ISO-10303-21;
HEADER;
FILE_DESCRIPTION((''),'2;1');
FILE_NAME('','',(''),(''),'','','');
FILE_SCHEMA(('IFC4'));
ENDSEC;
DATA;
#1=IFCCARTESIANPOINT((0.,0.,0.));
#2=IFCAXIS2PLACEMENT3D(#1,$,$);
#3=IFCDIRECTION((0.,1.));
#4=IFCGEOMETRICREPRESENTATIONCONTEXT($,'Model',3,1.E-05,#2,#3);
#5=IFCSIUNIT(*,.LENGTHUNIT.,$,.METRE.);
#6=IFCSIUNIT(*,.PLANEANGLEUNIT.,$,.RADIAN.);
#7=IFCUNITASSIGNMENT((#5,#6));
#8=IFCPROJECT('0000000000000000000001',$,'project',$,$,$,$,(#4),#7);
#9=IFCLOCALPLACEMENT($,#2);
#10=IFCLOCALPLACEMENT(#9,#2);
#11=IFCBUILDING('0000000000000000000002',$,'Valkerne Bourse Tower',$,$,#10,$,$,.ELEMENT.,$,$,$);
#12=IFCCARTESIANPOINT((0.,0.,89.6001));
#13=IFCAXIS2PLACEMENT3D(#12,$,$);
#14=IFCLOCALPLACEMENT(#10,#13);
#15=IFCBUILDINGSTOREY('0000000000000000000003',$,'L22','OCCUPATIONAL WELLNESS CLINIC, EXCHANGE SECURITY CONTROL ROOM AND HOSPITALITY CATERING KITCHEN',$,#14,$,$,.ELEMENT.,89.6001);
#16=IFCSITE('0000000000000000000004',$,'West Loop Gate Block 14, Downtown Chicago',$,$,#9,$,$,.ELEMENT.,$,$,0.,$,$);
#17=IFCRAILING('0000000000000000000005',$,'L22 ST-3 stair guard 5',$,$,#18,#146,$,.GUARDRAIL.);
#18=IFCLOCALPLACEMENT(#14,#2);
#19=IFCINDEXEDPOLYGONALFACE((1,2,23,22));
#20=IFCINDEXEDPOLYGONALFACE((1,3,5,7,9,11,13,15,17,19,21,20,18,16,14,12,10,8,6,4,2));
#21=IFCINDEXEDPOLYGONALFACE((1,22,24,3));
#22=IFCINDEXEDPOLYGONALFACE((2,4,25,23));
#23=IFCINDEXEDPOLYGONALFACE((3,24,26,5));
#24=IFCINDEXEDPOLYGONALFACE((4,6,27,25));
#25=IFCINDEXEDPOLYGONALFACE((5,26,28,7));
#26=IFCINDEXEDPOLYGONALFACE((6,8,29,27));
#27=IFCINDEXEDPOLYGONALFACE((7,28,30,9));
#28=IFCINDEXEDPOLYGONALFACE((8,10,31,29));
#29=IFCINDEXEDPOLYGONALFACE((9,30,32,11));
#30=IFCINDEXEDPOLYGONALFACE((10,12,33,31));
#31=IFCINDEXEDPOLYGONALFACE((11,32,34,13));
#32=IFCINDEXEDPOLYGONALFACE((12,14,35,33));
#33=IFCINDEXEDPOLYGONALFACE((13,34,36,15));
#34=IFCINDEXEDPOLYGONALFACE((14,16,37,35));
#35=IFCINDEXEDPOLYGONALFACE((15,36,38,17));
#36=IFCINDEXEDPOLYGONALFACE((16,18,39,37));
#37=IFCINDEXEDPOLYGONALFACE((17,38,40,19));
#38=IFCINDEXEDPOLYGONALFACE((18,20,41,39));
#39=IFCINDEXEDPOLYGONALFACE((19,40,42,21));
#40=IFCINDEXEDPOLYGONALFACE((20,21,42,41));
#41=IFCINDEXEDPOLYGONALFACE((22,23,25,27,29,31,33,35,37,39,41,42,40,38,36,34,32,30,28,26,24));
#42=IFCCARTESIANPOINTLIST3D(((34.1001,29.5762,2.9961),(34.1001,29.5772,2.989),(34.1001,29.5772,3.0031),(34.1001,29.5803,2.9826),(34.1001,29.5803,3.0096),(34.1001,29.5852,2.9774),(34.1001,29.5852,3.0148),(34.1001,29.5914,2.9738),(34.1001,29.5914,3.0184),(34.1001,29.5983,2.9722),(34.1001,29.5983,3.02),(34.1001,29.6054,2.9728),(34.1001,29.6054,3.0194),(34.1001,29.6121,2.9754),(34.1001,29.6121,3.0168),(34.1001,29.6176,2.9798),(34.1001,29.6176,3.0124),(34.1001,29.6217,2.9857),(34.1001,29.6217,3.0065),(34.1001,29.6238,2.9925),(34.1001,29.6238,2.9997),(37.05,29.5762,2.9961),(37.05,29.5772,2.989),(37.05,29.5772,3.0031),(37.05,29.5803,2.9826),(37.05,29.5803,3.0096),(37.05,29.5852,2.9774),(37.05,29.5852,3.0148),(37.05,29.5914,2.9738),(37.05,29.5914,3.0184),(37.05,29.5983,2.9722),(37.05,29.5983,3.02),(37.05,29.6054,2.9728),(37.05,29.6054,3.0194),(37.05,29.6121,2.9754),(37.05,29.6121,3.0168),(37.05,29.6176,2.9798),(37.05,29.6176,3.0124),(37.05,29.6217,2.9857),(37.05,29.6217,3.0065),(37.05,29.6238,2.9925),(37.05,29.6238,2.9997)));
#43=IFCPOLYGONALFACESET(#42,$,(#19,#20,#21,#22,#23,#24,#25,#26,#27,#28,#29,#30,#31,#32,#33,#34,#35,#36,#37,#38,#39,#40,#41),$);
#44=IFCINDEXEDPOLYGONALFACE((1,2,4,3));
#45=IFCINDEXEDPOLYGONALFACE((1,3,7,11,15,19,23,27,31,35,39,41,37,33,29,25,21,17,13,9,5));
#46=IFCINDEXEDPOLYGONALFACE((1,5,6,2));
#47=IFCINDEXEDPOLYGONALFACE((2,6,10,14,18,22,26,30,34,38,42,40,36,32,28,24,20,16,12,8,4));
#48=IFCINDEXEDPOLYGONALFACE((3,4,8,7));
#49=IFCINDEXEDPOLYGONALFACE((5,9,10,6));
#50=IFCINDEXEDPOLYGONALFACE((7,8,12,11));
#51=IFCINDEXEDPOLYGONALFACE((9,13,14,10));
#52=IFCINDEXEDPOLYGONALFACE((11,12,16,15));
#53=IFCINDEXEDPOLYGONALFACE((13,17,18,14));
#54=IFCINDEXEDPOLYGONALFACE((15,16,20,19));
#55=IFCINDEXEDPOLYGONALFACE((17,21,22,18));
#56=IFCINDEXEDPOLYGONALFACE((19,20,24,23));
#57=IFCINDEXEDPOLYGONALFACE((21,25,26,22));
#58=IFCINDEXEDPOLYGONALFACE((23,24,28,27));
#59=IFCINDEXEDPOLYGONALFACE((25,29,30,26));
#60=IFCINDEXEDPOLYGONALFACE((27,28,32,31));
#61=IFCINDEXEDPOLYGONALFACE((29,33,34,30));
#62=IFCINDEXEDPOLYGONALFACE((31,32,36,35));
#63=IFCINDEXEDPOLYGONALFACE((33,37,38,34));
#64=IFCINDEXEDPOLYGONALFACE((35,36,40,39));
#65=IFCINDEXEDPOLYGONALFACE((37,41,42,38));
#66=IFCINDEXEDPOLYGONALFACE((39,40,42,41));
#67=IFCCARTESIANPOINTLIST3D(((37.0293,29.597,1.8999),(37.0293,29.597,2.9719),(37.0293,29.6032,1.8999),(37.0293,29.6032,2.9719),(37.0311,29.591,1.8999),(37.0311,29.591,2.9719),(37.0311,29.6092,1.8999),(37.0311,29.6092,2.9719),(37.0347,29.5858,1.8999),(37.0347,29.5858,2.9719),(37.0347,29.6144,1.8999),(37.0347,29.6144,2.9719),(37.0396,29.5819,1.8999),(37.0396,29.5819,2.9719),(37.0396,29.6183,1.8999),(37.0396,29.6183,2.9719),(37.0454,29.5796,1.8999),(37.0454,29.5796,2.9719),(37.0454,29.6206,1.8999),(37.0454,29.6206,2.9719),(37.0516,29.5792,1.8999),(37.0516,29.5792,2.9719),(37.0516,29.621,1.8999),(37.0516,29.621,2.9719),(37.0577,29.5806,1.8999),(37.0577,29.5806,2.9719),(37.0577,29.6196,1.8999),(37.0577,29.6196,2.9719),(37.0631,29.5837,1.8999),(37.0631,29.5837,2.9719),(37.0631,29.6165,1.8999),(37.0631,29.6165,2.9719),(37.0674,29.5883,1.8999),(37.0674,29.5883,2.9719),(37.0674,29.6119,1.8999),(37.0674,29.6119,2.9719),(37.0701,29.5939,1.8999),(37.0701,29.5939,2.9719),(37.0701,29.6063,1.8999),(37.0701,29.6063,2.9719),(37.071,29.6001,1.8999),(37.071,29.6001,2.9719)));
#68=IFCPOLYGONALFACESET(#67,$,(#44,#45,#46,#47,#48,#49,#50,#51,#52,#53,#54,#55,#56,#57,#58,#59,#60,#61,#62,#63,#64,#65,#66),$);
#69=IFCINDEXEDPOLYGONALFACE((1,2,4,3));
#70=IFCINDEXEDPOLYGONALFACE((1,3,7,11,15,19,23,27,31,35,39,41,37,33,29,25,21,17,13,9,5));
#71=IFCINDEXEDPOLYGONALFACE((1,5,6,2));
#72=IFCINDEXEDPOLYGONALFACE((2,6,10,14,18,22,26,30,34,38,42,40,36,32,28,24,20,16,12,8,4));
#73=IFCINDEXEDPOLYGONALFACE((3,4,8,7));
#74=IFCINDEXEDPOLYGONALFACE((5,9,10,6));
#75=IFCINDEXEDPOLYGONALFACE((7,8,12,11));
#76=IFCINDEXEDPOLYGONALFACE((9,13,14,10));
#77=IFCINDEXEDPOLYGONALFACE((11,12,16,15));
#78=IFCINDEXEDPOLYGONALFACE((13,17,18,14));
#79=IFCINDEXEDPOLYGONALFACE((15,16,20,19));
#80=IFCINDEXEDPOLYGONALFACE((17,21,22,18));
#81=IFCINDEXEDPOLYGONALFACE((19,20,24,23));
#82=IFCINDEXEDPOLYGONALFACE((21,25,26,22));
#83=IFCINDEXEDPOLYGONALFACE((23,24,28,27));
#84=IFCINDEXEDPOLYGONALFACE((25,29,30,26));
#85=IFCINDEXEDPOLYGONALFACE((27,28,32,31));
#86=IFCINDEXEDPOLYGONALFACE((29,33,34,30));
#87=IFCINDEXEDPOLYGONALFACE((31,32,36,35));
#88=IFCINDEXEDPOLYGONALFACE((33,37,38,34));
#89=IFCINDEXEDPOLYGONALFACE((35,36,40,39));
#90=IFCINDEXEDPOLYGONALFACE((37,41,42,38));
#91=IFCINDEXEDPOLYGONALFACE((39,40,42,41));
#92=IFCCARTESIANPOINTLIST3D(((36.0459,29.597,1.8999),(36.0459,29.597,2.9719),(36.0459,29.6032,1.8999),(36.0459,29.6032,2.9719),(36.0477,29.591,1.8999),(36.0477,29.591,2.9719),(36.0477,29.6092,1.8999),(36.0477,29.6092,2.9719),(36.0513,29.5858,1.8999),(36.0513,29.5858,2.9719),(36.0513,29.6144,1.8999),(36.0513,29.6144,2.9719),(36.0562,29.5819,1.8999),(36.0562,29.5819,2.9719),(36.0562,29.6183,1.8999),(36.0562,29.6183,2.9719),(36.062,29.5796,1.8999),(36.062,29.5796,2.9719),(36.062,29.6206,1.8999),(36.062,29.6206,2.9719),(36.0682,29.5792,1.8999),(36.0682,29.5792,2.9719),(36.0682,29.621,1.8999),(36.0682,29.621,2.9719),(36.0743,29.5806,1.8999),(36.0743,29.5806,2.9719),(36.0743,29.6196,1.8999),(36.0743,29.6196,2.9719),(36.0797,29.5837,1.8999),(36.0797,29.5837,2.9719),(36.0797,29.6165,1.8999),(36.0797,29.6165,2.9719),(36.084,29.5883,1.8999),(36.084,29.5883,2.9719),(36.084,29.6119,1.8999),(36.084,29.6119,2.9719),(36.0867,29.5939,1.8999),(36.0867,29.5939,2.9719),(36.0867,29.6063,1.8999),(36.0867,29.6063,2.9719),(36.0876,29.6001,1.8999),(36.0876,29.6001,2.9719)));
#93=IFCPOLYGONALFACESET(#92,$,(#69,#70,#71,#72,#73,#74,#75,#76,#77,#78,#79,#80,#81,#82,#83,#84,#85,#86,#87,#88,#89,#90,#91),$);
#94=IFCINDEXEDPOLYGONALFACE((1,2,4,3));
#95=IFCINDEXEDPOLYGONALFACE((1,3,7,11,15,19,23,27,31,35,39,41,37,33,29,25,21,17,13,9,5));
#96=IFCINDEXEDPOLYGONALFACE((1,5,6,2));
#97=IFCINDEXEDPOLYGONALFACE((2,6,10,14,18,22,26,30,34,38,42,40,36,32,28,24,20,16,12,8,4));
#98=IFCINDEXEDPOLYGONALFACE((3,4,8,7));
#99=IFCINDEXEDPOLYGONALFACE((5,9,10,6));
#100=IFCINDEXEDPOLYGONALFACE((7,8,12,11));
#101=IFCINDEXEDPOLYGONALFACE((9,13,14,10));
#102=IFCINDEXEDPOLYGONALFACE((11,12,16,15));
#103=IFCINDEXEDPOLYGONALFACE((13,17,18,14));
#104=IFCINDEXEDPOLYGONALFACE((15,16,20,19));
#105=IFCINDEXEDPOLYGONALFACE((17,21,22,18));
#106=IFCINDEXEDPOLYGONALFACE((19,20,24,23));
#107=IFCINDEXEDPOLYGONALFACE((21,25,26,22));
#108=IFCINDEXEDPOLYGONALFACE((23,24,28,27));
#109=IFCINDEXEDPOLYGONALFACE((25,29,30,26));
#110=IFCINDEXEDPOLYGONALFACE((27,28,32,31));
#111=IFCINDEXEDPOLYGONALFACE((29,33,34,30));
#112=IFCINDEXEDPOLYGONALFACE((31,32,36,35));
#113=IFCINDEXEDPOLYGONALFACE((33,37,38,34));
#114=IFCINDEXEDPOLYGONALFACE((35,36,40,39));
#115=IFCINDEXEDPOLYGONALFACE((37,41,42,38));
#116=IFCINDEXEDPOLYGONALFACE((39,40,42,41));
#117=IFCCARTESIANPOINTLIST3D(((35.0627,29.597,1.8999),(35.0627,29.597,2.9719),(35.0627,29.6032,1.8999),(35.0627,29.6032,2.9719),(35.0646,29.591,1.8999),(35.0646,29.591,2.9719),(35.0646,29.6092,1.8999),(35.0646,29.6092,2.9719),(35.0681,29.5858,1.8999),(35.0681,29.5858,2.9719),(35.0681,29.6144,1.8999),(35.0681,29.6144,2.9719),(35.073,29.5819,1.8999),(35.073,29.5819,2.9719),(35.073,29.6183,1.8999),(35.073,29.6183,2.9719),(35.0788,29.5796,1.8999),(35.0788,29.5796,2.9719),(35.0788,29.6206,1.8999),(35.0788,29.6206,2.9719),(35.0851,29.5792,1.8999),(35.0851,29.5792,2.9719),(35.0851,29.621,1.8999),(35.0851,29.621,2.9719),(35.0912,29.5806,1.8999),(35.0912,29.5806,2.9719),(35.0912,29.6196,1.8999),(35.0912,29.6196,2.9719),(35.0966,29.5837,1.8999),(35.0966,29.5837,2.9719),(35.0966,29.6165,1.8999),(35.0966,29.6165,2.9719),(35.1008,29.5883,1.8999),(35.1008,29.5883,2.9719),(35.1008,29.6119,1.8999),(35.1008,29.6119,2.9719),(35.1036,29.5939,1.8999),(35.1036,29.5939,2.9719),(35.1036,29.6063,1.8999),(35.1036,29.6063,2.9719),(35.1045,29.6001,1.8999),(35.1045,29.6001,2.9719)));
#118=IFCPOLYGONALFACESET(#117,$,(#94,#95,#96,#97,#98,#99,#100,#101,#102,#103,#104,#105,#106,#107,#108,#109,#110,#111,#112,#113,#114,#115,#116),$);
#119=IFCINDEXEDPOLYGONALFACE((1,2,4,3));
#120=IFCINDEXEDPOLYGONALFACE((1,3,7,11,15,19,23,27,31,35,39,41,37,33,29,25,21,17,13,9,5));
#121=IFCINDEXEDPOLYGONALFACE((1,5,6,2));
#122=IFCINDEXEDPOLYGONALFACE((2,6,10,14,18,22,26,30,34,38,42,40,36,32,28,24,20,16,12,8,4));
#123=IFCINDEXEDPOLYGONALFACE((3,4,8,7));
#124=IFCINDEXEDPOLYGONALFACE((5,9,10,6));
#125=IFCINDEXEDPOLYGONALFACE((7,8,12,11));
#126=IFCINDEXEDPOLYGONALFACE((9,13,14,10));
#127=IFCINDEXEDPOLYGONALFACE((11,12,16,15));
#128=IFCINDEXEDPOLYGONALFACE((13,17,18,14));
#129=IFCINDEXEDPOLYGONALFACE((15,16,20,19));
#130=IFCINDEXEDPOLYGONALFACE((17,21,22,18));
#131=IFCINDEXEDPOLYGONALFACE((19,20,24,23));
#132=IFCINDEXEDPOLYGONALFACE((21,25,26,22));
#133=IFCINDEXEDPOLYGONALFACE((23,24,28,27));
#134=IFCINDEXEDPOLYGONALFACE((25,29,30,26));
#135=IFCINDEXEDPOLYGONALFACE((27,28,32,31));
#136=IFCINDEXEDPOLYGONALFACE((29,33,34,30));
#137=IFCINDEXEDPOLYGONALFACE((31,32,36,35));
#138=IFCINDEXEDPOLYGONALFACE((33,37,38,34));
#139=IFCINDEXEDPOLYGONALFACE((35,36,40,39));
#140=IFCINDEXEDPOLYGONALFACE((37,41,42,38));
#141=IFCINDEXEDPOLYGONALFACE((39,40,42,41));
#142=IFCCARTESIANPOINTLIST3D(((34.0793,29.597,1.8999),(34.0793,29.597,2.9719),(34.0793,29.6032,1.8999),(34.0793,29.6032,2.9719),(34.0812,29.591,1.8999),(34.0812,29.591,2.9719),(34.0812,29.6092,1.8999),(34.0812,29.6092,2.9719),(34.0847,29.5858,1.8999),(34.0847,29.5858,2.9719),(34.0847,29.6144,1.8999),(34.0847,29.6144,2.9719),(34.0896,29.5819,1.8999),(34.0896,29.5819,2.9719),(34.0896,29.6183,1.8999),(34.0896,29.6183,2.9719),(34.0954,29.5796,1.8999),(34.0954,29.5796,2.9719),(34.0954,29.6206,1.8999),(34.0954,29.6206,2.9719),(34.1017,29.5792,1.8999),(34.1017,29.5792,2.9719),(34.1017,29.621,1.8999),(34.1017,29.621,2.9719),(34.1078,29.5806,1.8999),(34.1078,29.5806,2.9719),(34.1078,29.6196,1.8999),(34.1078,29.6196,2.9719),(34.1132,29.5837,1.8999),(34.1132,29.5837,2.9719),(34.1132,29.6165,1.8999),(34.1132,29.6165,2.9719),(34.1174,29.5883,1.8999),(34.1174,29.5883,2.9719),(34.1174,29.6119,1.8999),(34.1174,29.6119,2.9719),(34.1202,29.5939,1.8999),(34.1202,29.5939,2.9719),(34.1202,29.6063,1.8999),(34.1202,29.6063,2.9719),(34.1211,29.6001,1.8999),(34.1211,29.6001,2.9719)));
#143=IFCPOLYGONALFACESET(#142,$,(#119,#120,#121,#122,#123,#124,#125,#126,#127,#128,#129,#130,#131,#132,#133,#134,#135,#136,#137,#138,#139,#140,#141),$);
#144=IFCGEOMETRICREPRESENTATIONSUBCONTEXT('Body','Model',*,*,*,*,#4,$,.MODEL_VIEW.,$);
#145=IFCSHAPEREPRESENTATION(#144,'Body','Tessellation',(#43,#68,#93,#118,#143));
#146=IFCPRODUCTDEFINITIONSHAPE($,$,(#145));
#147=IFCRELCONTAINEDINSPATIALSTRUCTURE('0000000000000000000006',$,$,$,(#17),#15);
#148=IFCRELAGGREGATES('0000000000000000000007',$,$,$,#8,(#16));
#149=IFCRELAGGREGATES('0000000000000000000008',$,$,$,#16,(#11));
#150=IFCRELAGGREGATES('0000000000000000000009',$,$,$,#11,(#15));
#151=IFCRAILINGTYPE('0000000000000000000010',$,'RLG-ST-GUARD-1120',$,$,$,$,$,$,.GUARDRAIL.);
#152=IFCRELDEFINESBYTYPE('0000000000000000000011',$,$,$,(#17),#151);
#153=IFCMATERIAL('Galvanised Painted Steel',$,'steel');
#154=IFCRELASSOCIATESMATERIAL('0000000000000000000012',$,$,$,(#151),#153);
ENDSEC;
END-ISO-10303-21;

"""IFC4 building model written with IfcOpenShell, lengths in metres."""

from ifc_helpers import new_model, si_unit, direction, frame, origin, origin_2d, place, context, subcontext, project, spatial, circle, extrude, material, type_object, element, save


model = new_model("IFC4")

# Units and contexts
model_context = context("Model", 3, precision=1e-05, world=origin(), true_north=direction((0.0, 1.0)))
body_context = subcontext(model_context, "Body", "Model", "MODEL_VIEW")
ifc_project = project(units=[si_unit("LENGTHUNIT", "METRE"), si_unit("PLANEANGLEUNIT", "RADIAN")], contexts=[model_context])

# Site, building, storey
site_placement = place(None, origin())
site = spatial("IfcSite", under=ifc_project, at=site_placement, Name="West Loop Gate Block 14, Downtown Chicago", CompositionType="ELEMENT", RefElevation=0.0)
building_placement = place(site_placement, origin())
building = spatial("IfcBuilding", under=site, at=building_placement, Name="Valkerne Bourse Tower", CompositionType="ELEMENT")
storey_placement = place(building_placement, frame((0.0, 0.0, 89.6001)))
storey = spatial("IfcBuildingStorey", under=building, at=storey_placement, Name="L22", Description="OCCUPATIONAL WELLNESS CLINIC, EXCHANGE SECURITY CONTROL ROOM AND HOSPITALITY CATERING KITCHEN", CompositionType="ELEMENT", Elevation=89.6001)

# Shared definitions
ifc_material_1 = material(Name="Galvanised Painted Steel", Category="steel")

# Railing
railing_type_1 = type_object("IfcRailingType", Name="RLG-ST-GUARD-1120", PredefinedType="GUARDRAIL", material=ifc_material_1)
railing_1_placement = place(storey_placement, frame((37.05, 29.6001, 1.8999)))
element("IfcRailing", 1, at=railing_1_placement, inside=storey, type_object=railing_type_1, Name="L22 ST-3 stair guard 5", PredefinedType="GUARDRAIL", context=body_context, shape_type="SweptSolid", body=[
    extrude(circle(Radius=0.0239, at=origin_2d()), frame((0.0, 0.0, 1.0962), z_axis=(-1.0, 0.0, 0.0), x_axis=(0.0, -1.0, 0.0)), (0.0, 0.0, 1.0), 2.95),
    extrude(circle(Radius=0.021, at=origin_2d()), origin(), (0.0, 0.0, 1.0), 1.072),
    extrude(circle(Radius=0.021, at=origin_2d()), frame((-0.9834, 0.0, 0.0)), (0.0, 0.0, 1.0), 1.072),
    extrude(circle(Radius=0.021, at=origin_2d()), frame((-1.9666, 0.0, 0.0)), (0.0, 0.0, 1.0), 1.072),
    extrude(circle(Radius=0.021, at=origin_2d()), frame((-2.95, 0.0, 0.0)), (0.0, 0.0, 1.0), 1.072),
])

save(model, "model.ifc")
